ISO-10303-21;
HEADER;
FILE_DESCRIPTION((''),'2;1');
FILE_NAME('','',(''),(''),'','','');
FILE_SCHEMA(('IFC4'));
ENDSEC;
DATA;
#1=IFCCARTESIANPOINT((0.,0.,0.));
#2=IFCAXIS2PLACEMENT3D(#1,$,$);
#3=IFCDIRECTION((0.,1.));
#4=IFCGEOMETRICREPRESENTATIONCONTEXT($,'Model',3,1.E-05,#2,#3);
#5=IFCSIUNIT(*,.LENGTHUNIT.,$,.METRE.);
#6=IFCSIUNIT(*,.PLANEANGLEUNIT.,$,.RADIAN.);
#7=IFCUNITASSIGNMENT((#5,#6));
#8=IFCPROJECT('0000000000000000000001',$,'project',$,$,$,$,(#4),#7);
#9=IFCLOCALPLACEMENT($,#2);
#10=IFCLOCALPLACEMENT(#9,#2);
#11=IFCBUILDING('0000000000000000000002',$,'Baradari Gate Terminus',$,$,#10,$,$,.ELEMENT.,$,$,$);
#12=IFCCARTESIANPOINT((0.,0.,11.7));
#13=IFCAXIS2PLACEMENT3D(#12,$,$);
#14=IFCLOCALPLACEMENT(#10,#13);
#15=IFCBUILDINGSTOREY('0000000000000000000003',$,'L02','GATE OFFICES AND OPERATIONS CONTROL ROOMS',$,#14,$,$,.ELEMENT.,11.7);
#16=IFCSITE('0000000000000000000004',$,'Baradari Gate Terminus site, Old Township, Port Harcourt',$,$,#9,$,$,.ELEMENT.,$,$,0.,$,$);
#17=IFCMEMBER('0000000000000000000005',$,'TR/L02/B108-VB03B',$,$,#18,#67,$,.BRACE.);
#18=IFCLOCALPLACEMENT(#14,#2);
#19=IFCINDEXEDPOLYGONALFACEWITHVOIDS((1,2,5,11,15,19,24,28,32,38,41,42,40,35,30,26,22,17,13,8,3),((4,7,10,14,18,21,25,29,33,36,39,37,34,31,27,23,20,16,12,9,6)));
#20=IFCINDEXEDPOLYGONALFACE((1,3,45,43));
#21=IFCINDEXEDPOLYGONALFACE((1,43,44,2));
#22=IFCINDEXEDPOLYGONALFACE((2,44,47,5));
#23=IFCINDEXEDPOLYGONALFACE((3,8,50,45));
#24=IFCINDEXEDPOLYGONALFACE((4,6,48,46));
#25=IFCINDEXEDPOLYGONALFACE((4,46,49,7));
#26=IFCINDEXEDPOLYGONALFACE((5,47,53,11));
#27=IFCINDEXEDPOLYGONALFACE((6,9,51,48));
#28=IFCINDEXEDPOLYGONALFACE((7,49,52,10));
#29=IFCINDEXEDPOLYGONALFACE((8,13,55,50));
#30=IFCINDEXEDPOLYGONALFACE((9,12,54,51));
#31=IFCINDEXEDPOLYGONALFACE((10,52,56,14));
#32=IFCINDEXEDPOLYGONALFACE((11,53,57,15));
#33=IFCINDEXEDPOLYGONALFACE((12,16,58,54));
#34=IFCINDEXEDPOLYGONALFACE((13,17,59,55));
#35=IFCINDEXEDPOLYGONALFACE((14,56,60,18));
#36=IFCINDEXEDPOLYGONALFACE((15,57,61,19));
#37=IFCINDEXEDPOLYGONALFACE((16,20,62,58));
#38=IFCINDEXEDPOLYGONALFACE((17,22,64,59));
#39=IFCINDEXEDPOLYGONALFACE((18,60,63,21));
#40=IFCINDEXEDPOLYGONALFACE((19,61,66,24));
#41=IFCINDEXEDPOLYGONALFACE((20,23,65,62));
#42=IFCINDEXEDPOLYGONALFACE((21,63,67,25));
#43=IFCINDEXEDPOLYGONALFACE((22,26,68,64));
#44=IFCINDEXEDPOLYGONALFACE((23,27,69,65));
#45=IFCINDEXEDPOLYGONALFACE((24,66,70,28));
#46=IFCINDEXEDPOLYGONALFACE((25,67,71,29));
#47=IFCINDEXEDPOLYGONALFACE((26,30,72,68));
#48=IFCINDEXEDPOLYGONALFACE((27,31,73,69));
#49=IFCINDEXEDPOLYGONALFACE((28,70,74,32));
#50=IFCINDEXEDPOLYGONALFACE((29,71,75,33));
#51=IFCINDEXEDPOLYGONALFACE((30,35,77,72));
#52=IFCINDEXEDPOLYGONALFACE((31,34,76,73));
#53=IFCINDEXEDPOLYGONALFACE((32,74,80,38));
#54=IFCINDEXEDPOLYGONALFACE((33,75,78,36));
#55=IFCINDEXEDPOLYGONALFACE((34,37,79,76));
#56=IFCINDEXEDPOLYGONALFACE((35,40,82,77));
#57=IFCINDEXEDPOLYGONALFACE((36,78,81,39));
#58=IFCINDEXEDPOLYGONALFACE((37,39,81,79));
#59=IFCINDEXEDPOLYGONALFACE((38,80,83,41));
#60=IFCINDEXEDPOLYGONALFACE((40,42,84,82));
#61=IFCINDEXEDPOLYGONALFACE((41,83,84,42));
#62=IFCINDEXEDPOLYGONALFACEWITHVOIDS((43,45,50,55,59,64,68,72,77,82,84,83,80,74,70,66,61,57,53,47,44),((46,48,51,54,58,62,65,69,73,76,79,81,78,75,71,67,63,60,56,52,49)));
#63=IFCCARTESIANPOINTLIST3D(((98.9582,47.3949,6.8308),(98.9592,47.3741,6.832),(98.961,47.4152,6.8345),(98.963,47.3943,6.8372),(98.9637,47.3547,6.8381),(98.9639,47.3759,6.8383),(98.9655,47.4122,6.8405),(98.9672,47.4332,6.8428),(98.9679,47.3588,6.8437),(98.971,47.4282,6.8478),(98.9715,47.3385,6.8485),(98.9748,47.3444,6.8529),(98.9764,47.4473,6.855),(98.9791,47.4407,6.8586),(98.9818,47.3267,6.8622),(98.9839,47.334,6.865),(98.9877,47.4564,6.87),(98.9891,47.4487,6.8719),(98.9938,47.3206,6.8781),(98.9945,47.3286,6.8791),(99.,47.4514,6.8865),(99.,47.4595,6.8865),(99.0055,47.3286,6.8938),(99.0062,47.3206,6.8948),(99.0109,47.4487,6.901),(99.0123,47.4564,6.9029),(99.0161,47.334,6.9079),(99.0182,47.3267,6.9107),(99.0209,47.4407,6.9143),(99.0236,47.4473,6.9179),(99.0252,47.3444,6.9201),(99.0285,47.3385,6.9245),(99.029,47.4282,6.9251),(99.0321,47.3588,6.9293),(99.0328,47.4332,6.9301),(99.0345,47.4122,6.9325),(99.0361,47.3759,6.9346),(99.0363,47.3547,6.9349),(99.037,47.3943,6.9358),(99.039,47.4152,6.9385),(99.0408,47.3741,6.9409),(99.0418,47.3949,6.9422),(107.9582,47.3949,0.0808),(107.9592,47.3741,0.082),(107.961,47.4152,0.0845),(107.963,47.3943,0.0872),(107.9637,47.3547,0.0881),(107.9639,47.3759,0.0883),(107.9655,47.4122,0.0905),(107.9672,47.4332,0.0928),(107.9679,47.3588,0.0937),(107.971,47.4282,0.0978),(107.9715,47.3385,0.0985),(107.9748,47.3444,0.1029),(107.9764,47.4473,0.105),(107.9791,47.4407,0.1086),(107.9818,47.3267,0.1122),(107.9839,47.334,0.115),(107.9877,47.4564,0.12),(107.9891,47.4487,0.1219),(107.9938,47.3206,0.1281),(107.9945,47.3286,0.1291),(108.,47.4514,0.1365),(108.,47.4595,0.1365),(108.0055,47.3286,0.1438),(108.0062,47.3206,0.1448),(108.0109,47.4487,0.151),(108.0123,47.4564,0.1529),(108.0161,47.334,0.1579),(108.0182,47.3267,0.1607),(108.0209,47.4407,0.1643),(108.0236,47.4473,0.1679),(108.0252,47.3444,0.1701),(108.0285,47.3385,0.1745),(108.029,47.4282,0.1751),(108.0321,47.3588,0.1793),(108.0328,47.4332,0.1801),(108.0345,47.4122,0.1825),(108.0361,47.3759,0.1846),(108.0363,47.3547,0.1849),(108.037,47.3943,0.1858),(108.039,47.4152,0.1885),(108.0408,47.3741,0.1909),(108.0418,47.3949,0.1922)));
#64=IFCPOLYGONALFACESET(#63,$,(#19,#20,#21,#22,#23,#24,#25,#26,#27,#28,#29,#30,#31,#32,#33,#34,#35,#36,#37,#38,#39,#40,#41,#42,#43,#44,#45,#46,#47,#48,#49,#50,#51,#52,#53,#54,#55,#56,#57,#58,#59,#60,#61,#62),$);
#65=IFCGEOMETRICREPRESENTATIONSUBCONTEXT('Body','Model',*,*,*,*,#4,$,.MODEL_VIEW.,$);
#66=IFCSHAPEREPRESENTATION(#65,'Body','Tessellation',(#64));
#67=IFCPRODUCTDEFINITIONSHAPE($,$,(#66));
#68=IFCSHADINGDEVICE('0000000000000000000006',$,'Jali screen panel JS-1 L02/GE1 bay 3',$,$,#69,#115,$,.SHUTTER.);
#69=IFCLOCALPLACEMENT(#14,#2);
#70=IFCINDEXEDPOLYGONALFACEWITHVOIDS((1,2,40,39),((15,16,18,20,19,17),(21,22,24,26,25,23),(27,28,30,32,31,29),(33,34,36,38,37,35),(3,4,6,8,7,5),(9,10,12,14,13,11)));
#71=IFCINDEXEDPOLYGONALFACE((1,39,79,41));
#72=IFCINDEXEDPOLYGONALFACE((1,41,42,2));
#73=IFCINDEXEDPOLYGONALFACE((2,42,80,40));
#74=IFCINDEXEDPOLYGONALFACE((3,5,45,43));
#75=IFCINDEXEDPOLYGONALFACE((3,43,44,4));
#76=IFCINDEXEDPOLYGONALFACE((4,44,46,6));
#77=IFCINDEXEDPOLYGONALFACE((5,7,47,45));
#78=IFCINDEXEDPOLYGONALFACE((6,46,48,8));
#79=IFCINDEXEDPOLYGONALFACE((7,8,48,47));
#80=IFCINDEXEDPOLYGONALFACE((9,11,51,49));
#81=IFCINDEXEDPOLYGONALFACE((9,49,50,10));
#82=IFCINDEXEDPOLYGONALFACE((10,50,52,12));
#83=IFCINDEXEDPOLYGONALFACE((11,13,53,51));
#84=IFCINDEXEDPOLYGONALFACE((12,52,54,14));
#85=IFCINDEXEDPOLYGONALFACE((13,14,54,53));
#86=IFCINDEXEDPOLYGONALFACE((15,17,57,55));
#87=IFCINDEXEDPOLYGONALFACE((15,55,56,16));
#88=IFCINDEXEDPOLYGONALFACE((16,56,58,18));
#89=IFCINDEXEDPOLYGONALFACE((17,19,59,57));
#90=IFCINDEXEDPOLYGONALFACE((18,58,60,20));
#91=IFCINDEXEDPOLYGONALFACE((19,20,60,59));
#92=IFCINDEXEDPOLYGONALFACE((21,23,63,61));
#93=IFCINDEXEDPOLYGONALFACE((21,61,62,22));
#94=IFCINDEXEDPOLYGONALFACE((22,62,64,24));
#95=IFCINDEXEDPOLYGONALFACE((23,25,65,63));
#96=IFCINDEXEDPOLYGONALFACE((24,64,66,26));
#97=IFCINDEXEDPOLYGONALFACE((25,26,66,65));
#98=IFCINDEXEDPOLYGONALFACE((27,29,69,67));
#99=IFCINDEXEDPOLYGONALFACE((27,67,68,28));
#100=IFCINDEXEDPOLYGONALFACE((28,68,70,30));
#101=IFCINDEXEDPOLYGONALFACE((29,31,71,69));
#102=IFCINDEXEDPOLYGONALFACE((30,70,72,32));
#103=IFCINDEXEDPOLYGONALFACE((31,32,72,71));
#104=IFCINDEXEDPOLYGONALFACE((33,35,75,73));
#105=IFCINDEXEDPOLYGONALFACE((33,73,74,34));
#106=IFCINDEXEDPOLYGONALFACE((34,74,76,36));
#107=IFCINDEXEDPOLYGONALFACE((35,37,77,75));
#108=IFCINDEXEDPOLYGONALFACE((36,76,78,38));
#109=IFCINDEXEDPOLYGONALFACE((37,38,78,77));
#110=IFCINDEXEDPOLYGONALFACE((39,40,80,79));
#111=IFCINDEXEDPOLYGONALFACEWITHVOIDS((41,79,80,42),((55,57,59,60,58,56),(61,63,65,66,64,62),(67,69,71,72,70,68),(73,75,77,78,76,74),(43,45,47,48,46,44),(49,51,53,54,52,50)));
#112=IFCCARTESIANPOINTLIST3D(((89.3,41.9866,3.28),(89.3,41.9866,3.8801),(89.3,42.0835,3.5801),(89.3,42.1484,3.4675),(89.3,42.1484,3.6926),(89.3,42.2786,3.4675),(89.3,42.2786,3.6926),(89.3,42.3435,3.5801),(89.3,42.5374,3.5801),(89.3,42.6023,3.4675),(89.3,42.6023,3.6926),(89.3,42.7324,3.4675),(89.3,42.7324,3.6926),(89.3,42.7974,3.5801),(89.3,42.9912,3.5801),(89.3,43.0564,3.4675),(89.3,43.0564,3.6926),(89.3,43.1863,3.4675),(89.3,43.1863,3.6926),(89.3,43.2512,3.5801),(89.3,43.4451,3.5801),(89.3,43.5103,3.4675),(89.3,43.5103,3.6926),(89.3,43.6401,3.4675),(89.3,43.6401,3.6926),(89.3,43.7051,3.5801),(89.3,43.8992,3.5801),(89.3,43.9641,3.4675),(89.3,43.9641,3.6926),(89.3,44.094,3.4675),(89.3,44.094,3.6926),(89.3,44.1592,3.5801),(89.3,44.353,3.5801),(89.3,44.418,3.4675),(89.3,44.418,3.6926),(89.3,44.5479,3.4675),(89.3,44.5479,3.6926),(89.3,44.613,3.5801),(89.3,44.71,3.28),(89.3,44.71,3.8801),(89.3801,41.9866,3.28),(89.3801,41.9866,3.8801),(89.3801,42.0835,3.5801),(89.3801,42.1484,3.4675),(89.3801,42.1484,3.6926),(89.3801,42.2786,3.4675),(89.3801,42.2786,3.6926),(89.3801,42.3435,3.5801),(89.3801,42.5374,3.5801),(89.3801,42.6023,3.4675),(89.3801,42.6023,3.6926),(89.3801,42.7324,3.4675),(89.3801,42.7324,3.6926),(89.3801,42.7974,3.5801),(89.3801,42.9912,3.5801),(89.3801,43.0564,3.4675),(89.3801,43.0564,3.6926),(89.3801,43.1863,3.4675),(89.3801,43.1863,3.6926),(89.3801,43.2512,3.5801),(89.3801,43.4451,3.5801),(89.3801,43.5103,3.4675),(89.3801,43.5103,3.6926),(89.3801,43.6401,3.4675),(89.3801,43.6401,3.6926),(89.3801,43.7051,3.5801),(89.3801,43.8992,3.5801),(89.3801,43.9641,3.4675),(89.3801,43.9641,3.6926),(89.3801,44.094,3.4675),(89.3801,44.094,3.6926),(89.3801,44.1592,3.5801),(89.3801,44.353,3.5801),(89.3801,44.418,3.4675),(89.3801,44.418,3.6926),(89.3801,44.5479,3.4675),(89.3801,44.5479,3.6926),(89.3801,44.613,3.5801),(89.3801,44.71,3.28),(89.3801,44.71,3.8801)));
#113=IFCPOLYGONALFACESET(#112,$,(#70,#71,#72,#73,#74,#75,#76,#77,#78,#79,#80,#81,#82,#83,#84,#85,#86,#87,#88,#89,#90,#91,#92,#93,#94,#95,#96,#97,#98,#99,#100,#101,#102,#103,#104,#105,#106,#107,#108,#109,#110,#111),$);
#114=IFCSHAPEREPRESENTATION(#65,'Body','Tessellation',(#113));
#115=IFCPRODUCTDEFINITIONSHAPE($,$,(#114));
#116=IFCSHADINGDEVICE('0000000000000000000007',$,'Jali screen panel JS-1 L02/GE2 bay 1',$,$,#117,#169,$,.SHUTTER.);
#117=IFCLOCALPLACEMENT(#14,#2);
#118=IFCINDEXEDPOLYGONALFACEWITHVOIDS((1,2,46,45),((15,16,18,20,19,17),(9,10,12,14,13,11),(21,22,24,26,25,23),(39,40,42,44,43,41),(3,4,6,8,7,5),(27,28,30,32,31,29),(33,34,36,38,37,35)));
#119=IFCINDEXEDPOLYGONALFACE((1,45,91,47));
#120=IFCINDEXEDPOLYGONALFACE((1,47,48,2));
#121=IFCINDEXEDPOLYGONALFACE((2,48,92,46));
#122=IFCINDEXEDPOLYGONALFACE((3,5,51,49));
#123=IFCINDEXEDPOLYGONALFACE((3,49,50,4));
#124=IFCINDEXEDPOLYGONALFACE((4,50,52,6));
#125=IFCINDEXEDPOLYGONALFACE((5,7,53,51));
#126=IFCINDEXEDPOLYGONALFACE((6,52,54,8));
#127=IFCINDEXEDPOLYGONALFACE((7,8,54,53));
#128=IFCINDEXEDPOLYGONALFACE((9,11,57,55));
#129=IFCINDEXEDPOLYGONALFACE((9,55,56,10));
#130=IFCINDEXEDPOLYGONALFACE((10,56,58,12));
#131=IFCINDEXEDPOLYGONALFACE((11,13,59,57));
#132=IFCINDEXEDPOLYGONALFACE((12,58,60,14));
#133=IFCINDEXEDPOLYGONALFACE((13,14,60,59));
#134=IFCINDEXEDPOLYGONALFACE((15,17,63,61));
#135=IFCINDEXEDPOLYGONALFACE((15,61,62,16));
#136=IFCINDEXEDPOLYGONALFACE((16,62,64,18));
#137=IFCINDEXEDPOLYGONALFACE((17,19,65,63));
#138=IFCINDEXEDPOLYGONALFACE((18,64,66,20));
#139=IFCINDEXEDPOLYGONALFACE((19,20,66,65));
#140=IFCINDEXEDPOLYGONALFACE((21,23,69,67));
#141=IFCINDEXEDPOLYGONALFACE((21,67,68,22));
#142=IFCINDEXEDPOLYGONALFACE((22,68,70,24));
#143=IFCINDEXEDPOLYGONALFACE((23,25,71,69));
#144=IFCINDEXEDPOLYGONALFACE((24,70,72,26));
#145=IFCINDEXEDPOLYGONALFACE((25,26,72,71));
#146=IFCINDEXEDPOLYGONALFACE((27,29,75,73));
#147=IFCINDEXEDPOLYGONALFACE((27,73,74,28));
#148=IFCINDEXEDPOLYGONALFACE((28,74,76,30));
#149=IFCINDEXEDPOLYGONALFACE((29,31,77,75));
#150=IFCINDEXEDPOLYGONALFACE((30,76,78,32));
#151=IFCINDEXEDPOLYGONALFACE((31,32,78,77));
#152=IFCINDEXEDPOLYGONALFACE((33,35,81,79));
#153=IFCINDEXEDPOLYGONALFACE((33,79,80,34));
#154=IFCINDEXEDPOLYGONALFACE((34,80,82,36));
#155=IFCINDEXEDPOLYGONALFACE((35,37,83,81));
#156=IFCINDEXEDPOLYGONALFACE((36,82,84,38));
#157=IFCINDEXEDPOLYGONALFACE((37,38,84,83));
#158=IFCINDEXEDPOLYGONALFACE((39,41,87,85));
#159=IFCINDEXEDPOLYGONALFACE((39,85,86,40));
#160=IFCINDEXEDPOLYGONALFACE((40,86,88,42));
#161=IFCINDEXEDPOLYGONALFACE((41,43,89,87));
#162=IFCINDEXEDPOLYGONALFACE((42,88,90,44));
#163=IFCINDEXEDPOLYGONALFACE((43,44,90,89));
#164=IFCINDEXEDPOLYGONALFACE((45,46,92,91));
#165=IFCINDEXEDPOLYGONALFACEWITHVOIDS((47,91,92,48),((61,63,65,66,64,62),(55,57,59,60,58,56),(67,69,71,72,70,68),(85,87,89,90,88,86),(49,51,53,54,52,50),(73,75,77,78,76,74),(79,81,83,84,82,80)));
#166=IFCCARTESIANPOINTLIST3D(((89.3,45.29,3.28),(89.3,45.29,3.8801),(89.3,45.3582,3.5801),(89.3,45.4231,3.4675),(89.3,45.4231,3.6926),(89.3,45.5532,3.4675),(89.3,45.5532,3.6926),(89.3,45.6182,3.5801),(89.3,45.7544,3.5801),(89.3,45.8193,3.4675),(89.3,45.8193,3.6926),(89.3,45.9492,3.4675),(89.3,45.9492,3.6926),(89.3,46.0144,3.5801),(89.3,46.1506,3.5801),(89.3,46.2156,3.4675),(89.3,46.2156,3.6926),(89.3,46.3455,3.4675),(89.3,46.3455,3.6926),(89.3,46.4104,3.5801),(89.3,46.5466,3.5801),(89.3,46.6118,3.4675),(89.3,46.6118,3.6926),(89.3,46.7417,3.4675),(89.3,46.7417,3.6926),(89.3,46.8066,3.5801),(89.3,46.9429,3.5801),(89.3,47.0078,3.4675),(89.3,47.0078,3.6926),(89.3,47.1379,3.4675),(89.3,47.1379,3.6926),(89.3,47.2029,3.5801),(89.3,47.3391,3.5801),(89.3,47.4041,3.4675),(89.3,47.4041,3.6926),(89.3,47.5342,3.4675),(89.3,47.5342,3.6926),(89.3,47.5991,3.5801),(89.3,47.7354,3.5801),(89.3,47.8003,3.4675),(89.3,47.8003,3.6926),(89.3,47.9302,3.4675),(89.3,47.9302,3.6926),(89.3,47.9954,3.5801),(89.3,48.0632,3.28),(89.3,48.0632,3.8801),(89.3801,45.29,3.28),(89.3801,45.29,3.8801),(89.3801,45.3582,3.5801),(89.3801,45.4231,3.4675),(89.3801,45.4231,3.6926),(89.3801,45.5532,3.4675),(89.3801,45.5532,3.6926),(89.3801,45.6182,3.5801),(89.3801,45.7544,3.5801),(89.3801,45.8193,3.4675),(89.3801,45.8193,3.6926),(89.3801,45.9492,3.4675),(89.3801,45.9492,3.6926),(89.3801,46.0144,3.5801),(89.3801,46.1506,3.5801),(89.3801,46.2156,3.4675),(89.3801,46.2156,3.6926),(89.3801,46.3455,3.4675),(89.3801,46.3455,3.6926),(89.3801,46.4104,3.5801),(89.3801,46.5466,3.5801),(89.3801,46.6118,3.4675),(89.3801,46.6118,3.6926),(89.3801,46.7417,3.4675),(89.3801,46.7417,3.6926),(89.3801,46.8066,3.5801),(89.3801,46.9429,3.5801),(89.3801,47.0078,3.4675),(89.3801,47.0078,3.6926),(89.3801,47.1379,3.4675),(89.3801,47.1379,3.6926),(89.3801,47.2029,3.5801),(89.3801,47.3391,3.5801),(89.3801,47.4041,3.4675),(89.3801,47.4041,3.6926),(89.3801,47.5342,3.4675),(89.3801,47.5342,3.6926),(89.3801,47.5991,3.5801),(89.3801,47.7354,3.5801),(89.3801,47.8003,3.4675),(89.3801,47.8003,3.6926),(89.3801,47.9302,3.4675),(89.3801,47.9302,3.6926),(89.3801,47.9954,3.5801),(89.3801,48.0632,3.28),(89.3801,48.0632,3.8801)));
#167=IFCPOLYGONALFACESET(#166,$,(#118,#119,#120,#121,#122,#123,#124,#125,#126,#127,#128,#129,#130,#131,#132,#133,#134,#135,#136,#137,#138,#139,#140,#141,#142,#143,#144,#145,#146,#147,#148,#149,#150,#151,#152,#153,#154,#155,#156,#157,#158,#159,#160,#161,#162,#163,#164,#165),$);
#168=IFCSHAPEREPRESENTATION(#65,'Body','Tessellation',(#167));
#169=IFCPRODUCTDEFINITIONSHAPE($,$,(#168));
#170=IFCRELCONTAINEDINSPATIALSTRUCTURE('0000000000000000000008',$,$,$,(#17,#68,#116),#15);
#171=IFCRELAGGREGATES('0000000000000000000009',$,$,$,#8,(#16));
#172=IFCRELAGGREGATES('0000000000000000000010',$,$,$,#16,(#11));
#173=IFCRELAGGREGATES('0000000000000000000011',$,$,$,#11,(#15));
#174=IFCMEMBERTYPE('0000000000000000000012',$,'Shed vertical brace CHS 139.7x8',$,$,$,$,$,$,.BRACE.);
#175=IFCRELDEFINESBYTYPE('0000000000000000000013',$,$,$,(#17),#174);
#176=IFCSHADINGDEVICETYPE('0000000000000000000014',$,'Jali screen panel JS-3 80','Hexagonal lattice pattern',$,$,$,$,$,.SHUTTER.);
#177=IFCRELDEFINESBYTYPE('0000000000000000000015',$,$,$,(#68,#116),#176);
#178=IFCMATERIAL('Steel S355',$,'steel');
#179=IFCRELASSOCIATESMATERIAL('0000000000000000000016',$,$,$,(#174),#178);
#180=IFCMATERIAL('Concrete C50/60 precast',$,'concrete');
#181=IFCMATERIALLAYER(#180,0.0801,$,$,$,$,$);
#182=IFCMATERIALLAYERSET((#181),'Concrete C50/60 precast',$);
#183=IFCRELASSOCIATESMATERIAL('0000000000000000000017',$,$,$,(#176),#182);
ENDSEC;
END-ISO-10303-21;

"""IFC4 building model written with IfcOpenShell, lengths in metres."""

from ifc_helpers import new_model, si_unit, direction, frame, origin, origin_2d, place, context, subcontext, project, spatial, polyline, hollow_circle, outline, extrude, material, layer, layer_set, material_profile, profile_set, type_object, element, save


model = new_model("IFC4")

# Units and contexts
model_context = context("Model", 3, precision=1e-05, world=origin(), true_north=direction((0.0, 1.0)))
body_context = subcontext(model_context, "Body", "Model", "MODEL_VIEW")
ifc_project = project(units=[si_unit("LENGTHUNIT", "METRE"), si_unit("PLANEANGLEUNIT", "RADIAN")], contexts=[model_context])

# Site, building, storey
site_placement = place(None, origin())
site = spatial("IfcSite", under=ifc_project, at=site_placement, Name="Baradari Gate Terminus site, Old Township, Port Harcourt", CompositionType="ELEMENT", RefElevation=0.0)
building_placement = place(site_placement, origin())
building = spatial("IfcBuilding", under=site, at=building_placement, Name="Baradari Gate Terminus", CompositionType="ELEMENT")
storey_placement = place(building_placement, frame((0.0, 0.0, 11.7)))
storey = spatial("IfcBuildingStorey", under=building, at=storey_placement, Name="L02", Description="GATE OFFICES AND OPERATIONS CONTROL ROOMS", CompositionType="ELEMENT", Elevation=11.7)

# Member
ifc_material_1 = material(Name="Steel S355", Category="steel")
ifc_material_profile_1 = material_profile(ifc_material_1, hollow_circle(Radius=0.0698, WallThickness=0.0081, at=origin_2d()), Name="CHS 139.7x8")
ifc_profile_set_1 = profile_set([ifc_material_profile_1], Name="Steel S355")
member_type_1 = type_object("IfcMemberType", Name="Shed vertical brace CHS 139.7x8", PredefinedType="BRACE", material=ifc_profile_set_1)
for number, where, z_axis, x_axis, name in (
    (1, (99.0, 47.3896, 6.8865), (0.8, 0.0, -0.6), (0.0, 1.0, 0.0), "TR/L02/B108-VB03B"),
):
    element("IfcMember", number, at=place(storey_placement, frame(where, z_axis=z_axis, x_axis=x_axis)), inside=storey, type_object=member_type_1, Name=name, PredefinedType="BRACE", context=body_context, shape_type="SweptSolid", body=[
        extrude(hollow_circle(Radius=0.0698, WallThickness=0.0081, at=origin_2d()), origin(), (0.0, 0.0, 1.0), 11.25),
    ])

# Shading devices
ifc_material_2 = material(Name="Concrete C50/60 precast", Category="concrete")
ifc_layer = layer(ifc_material_2, 0.0801)
ifc_layer_set = layer_set([ifc_layer], Name="Concrete C50/60 precast")
shading_device_type = type_object("IfcShadingDeviceType", Name="Jali screen panel JS-3 80", Description="Hexagonal lattice pattern", PredefinedType="SHUTTER", material=ifc_layer_set)
shading_device_1_placement = place(storey_placement, frame((89.3401, 41.9866, 3.28), z_axis=(0.0, 0.0, 1.0), x_axis=(0.0, 1.0, 0.0)))
element("IfcShadingDevice", 2, at=shading_device_1_placement, inside=storey, type_object=shading_device_type, Name="Jali screen panel JS-1 L02/GE1 bay 3", PredefinedType="SHUTTER", context=body_context, shape_type="SweptSolid", body=[
    extrude(outline(polyline([(0.0, 0.0), (2.7234, 0.0), (2.7234, 0.6001), (0.0, 0.6001), (0.0, 0.0)]), holes=[polyline([(0.3569, 0.3), (0.292, 0.1875), (0.1619, 0.1875), (0.0969, 0.3), (0.1619, 0.4126), (0.292, 0.4126), (0.3569, 0.3)]), polyline([(0.8108, 0.3), (0.7458, 0.1875), (0.6157, 0.1875), (0.5508, 0.3), (0.6157, 0.4126), (0.7458, 0.4126), (0.8108, 0.3)]), polyline([(1.2646, 0.3), (1.1997, 0.1875), (1.0698, 0.1875), (1.0046, 0.3), (1.0698, 0.4126), (1.1997, 0.4126), (1.2646, 0.3)]), polyline([(1.7185, 0.3), (1.6536, 0.1875), (1.5237, 0.1875), (1.4585, 0.3), (1.5237, 0.4126), (1.6536, 0.4126), (1.7185, 0.3)]), polyline([(2.1726, 0.3), (2.1074, 0.1875), (1.9775, 0.1875), (1.9126, 0.3), (1.9775, 0.4126), (2.1074, 0.4126), (2.1726, 0.3)]), polyline([(2.6265, 0.3), (2.5613, 0.1875), (2.4314, 0.1875), (2.3665, 0.3), (2.4314, 0.4126), (2.5613, 0.4126), (2.6265, 0.3)])]), frame((0.0, 0.04, 0.0), z_axis=(0.0, -1.0, 0.0), x_axis=(1.0, 0.0, 0.0)), (0.0, 0.0, 1.0), 0.0801),
])
shading_device_2_placement = place(storey_placement, frame((89.3401, 45.29, 3.28), z_axis=(0.0, 0.0, 1.0), x_axis=(0.0, 1.0, 0.0)))
element("IfcShadingDevice", 3, at=shading_device_2_placement, inside=storey, type_object=shading_device_type, Name="Jali screen panel JS-1 L02/GE2 bay 1", PredefinedType="SHUTTER", context=body_context, shape_type="SweptSolid", body=[
    extrude(outline(polyline([(0.0, 0.0), (2.7732, 0.0), (2.7732, 0.6001), (0.0, 0.6001), (0.0, 0.0)]), holes=[polyline([(0.3281, 0.3), (0.2632, 0.1875), (0.1331, 0.1875), (0.0681, 0.3), (0.1331, 0.4126), (0.2632, 0.4126), (0.3281, 0.3)]), polyline([(0.7244, 0.3), (0.6592, 0.1875), (0.5293, 0.1875), (0.4644, 0.3), (0.5293, 0.4126), (0.6592, 0.4126), (0.7244, 0.3)]), polyline([(1.1204, 0.3), (1.0554, 0.1875), (0.9255, 0.1875), (0.8606, 0.3), (0.9255, 0.4126), (1.0554, 0.4126), (1.1204, 0.3)]), polyline([(1.5166, 0.3), (1.4517, 0.1875), (1.3218, 0.1875), (1.2566, 0.3), (1.3218, 0.4126), (1.4517, 0.4126), (1.5166, 0.3)]), polyline([(1.9128, 0.3), (1.8479, 0.1875), (1.7178, 0.1875), (1.6528, 0.3), (1.7178, 0.4126), (1.8479, 0.4126), (1.9128, 0.3)]), polyline([(2.3091, 0.3), (2.2441, 0.1875), (2.114, 0.1875), (2.0491, 0.3), (2.114, 0.4126), (2.2441, 0.4126), (2.3091, 0.3)]), polyline([(2.7053, 0.3), (2.6401, 0.1875), (2.5103, 0.1875), (2.4453, 0.3), (2.5103, 0.4126), (2.6401, 0.4126), (2.7053, 0.3)])]), frame((0.0, 0.04, 0.0), z_axis=(0.0, -1.0, 0.0), x_axis=(1.0, 0.0, 0.0)), (0.0, 0.0, 1.0), 0.0801),
])

save(model, "model.ifc")
